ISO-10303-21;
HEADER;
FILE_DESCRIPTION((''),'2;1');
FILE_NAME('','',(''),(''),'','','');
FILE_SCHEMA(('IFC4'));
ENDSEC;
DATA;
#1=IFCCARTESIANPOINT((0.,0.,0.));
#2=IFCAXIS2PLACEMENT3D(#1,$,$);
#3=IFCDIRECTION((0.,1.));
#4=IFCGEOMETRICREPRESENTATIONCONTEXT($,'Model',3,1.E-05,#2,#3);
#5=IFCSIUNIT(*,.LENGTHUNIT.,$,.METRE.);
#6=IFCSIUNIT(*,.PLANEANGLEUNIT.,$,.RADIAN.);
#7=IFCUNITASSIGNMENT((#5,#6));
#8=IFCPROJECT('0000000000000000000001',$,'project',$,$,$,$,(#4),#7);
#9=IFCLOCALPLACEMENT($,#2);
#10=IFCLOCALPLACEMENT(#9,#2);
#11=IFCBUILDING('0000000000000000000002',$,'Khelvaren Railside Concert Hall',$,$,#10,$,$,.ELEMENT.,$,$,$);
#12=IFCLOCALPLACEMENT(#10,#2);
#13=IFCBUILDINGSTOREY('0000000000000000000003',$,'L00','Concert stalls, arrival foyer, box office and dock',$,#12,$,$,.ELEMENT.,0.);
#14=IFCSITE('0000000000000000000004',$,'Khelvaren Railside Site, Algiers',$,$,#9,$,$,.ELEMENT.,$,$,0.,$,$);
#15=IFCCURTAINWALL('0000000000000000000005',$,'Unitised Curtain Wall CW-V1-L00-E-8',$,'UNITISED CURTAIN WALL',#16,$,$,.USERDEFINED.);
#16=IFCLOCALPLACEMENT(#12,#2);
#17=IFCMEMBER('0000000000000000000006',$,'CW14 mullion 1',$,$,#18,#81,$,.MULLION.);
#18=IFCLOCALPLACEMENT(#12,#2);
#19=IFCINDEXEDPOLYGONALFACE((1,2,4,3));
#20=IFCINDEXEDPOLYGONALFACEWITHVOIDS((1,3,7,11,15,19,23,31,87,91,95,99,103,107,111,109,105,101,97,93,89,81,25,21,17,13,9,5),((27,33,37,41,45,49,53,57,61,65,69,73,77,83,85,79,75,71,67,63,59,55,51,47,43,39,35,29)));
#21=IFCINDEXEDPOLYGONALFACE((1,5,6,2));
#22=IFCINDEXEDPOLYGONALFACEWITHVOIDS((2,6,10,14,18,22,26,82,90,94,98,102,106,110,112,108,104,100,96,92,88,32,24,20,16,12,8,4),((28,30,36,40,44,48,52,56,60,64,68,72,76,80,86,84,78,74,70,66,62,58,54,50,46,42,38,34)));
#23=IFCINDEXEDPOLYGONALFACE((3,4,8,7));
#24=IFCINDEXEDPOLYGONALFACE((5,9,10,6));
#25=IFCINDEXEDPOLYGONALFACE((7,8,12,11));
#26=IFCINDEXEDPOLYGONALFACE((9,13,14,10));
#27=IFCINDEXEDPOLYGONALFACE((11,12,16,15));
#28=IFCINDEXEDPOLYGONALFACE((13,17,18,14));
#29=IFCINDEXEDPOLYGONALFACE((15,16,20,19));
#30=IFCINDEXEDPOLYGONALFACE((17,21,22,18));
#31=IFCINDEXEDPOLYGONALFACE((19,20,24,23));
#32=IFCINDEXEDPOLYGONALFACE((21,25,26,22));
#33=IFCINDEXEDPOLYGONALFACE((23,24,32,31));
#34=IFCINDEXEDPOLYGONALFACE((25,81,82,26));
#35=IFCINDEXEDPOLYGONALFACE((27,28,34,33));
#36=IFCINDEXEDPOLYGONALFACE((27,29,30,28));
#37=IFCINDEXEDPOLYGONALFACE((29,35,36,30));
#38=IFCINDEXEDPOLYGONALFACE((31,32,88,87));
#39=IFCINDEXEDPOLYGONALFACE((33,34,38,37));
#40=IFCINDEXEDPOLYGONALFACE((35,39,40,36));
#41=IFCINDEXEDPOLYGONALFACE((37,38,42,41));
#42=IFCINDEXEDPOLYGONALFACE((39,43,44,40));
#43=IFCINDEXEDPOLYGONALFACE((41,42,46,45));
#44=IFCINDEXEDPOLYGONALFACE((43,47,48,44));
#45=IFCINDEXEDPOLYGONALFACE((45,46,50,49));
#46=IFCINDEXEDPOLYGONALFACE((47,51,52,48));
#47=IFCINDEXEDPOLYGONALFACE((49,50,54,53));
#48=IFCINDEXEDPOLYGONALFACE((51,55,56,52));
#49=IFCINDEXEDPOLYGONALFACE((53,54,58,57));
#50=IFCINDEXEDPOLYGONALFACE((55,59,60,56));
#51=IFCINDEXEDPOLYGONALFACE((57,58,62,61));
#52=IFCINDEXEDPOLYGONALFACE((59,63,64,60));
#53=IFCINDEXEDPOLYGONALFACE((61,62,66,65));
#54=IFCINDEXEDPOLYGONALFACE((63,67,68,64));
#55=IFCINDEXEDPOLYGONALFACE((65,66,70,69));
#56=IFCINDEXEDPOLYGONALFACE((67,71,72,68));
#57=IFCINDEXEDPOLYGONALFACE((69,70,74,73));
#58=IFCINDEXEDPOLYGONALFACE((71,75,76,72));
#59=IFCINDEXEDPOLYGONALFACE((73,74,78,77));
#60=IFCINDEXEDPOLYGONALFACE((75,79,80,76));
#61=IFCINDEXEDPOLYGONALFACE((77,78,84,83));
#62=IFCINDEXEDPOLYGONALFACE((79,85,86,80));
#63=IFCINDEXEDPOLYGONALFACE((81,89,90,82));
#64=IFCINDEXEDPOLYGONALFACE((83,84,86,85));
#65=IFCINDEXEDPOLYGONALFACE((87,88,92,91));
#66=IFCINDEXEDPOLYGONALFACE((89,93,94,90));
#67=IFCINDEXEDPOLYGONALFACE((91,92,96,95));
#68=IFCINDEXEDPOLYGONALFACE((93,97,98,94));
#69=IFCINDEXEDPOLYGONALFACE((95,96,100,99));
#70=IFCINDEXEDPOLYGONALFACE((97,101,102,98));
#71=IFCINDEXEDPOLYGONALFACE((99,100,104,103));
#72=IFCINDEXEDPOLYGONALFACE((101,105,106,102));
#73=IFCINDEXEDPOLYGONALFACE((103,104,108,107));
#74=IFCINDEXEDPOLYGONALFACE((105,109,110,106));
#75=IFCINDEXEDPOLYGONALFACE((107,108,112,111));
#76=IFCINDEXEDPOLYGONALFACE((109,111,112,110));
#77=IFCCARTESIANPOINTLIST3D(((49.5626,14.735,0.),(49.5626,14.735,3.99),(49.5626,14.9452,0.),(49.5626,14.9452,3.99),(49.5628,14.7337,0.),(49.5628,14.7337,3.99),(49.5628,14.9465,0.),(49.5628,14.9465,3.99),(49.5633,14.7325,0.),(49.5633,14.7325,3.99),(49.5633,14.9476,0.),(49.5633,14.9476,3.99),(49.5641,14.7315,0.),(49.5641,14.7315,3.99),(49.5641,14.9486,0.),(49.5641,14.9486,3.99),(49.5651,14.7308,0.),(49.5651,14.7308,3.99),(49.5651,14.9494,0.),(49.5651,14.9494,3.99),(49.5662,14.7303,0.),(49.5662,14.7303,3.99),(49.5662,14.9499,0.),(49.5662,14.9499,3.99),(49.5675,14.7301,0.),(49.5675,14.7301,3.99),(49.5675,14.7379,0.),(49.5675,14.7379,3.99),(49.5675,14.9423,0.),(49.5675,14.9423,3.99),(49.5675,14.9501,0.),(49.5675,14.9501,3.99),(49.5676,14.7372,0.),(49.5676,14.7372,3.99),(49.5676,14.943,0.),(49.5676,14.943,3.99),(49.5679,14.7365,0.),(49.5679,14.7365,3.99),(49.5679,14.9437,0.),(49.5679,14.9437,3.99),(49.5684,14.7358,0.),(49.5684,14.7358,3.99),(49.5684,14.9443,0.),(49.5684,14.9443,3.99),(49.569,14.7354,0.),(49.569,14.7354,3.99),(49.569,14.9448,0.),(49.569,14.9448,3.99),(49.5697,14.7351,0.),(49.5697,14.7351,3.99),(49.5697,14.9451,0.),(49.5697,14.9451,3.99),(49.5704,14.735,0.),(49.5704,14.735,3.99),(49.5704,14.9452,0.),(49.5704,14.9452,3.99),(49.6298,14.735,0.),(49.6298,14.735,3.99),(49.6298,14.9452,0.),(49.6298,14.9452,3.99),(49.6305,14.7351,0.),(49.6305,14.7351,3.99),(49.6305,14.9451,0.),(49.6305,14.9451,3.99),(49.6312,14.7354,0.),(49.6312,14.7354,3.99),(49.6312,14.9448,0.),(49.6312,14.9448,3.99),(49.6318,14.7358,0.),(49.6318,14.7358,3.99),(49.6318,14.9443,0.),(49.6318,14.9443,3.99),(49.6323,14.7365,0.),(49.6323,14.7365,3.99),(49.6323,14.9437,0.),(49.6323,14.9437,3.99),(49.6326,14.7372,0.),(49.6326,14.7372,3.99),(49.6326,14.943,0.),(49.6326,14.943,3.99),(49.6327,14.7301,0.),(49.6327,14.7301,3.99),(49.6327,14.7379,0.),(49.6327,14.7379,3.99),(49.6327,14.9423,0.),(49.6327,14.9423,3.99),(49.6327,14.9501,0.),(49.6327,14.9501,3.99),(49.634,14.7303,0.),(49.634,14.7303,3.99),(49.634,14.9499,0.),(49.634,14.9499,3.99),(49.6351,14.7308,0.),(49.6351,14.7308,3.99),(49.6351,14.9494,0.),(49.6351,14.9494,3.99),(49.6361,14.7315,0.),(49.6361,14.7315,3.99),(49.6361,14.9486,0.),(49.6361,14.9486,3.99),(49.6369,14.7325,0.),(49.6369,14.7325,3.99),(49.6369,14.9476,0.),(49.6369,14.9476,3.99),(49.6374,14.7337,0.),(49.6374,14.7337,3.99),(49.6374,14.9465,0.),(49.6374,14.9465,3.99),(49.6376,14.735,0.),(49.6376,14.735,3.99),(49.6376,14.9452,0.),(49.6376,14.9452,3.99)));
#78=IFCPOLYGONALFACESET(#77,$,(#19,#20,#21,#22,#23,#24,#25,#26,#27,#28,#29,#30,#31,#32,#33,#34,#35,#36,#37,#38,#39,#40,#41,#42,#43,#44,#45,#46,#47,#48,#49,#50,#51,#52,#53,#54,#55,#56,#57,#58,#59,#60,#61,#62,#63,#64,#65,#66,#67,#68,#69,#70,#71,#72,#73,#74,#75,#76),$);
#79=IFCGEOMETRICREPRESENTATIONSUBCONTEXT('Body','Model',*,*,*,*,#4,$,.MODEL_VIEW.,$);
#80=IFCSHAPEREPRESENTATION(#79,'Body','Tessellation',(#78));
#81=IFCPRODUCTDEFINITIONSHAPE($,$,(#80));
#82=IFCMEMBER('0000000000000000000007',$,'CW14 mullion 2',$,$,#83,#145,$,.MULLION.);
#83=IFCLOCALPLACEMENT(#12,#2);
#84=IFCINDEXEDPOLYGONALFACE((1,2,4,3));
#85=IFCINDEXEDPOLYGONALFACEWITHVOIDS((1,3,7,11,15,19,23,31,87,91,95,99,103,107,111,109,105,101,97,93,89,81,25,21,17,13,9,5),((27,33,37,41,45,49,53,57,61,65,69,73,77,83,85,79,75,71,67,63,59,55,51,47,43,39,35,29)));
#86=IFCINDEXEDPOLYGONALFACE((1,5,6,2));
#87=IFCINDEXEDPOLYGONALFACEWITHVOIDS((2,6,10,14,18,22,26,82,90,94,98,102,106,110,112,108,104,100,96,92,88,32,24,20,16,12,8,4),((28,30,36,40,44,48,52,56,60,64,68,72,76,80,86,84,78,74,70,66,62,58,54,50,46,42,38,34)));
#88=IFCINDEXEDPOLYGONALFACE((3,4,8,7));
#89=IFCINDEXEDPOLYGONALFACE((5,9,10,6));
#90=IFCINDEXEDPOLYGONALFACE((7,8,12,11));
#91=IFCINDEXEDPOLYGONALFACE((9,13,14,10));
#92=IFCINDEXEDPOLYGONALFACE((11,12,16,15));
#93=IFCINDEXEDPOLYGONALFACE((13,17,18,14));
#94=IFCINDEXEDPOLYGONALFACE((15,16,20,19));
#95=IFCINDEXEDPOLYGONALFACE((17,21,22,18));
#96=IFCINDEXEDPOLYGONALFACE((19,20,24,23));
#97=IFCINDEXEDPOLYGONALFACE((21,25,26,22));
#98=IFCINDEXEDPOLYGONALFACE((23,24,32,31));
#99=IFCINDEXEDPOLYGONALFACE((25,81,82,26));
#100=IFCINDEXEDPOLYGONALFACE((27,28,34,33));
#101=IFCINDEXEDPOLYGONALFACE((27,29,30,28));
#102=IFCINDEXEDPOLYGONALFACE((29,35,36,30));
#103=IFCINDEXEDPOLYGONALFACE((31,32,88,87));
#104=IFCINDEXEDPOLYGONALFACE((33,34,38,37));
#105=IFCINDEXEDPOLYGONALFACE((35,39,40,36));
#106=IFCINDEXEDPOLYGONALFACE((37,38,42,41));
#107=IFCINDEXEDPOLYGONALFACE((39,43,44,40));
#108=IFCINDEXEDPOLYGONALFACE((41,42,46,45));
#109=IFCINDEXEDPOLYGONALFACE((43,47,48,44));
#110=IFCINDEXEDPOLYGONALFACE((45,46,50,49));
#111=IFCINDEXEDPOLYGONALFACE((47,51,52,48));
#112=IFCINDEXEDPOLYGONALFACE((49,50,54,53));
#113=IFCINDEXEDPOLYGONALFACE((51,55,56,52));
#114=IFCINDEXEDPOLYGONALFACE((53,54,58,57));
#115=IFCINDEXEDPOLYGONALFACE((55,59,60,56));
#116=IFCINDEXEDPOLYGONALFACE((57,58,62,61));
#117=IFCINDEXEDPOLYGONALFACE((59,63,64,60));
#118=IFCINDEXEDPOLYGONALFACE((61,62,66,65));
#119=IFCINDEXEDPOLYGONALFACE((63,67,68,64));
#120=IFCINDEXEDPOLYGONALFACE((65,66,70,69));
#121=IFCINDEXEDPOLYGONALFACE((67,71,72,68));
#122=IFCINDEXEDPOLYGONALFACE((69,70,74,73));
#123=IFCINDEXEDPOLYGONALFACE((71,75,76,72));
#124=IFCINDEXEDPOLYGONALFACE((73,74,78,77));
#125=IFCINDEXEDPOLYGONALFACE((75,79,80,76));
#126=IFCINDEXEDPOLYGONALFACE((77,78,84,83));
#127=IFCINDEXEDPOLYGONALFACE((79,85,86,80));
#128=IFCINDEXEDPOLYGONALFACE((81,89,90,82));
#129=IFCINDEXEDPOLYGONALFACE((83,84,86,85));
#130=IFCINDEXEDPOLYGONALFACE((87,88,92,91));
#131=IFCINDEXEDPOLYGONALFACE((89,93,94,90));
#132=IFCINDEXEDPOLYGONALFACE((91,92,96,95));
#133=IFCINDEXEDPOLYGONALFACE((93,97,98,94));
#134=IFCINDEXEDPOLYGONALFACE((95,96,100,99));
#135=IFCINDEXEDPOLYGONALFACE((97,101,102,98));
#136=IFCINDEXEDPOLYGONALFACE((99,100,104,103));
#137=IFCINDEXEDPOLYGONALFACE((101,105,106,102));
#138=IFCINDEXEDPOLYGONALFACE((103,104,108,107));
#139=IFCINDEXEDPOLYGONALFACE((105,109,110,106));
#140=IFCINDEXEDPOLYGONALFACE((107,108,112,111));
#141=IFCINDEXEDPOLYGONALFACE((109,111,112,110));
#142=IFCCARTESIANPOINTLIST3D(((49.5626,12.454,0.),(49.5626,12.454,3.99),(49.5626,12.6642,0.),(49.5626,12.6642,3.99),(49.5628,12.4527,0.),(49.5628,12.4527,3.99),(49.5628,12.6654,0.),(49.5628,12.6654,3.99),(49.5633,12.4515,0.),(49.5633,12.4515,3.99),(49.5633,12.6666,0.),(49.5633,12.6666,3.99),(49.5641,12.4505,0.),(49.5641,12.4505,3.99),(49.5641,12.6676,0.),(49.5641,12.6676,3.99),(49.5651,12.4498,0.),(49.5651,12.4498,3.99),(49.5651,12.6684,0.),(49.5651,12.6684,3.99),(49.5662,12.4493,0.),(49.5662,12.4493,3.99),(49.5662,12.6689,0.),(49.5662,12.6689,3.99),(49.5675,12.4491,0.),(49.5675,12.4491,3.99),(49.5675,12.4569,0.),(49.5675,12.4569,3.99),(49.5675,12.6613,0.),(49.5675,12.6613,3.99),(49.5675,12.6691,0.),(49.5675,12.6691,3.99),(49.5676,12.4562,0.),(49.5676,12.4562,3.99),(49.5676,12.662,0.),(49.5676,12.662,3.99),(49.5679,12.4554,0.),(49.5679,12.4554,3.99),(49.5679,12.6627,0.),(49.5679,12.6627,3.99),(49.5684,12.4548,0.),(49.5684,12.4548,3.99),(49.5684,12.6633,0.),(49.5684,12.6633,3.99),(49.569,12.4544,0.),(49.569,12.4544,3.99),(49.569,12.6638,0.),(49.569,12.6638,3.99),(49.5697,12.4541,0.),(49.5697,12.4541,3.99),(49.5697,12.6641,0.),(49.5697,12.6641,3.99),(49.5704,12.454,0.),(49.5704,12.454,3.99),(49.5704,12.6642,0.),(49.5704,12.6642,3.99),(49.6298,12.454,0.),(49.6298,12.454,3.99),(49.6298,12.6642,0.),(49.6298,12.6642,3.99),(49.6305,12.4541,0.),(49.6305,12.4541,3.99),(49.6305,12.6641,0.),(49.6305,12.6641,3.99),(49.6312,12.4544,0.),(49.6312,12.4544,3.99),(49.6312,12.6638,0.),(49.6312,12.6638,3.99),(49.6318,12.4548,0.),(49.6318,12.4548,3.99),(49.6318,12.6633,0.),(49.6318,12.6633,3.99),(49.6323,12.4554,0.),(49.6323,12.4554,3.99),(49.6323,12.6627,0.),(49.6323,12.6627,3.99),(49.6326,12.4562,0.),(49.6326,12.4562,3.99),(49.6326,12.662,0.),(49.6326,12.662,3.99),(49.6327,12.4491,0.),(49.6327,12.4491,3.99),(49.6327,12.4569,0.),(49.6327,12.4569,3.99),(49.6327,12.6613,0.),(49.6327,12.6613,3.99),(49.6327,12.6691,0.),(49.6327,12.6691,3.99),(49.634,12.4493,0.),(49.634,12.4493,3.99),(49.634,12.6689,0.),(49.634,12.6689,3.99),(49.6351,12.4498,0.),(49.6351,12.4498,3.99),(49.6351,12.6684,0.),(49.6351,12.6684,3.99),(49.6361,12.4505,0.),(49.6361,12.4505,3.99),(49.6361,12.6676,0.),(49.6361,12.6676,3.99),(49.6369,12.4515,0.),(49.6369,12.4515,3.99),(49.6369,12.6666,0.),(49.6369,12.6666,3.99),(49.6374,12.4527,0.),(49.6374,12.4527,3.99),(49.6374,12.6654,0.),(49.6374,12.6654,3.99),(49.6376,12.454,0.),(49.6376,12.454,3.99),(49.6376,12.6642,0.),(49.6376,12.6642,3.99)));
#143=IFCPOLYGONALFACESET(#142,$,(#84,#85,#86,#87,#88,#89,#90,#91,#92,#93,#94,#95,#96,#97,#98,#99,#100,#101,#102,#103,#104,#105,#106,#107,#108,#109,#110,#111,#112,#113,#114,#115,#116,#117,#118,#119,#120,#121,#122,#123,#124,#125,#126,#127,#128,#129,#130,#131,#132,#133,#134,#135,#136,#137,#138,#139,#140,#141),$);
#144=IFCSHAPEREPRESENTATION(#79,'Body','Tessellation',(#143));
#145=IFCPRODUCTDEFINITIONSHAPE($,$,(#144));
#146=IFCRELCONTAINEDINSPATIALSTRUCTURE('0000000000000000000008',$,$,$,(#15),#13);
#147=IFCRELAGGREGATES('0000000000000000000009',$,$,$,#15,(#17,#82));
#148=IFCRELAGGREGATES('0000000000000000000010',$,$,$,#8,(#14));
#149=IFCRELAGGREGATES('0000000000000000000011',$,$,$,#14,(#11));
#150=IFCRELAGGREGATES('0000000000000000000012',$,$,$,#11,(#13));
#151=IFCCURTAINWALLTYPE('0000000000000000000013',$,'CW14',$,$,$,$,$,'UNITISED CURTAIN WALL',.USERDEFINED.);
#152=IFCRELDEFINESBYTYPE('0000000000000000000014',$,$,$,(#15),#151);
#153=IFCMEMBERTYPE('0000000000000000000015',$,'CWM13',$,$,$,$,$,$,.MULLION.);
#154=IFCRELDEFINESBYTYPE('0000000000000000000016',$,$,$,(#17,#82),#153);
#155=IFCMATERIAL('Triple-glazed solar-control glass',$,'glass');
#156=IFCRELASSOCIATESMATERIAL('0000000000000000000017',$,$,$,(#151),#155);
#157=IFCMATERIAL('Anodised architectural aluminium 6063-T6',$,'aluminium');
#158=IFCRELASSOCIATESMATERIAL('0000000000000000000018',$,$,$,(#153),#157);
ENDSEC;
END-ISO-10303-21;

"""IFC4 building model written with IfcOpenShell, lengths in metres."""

from ifc_helpers import new_model, si_unit, direction, frame, origin, origin_2d, place, context, subcontext, project, spatial, hollow_rectangle, extrude, material, material_profile, profile_set, type_object, element, aggregate, save


model = new_model("IFC4")

# Units and contexts
model_context = context("Model", 3, precision=1e-05, world=origin(), true_north=direction((0.0, 1.0)))
body_context = subcontext(model_context, "Body", "Model", "MODEL_VIEW")
ifc_project = project(units=[si_unit("LENGTHUNIT", "METRE"), si_unit("PLANEANGLEUNIT", "RADIAN")], contexts=[model_context])

# Site, building, storey
site_placement = place(None, origin())
site = spatial("IfcSite", under=ifc_project, at=site_placement, Name="Khelvaren Railside Site, Algiers", CompositionType="ELEMENT", RefElevation=0.0)
building_placement = place(site_placement, origin())
building = spatial("IfcBuilding", under=site, at=building_placement, Name="Khelvaren Railside Concert Hall", CompositionType="ELEMENT")
storey_placement = place(building_placement, origin())
storey = spatial("IfcBuildingStorey", under=building, at=storey_placement, Name="L00", Description="Concert stalls, arrival foyer, box office and dock", CompositionType="ELEMENT", Elevation=0.0)

# Curtain wall, members
ifc_material_1 = material(Name="Triple-glazed solar-control glass", Category="glass")
curtain_wall_type_1 = type_object("IfcCurtainWallType", Name="CW14", ElementType="UNITISED CURTAIN WALL", PredefinedType="USERDEFINED", material=ifc_material_1)
curtain_wall_1_placement = place(storey_placement, origin())
curtain_wall_1 = element("IfcCurtainWall", 1, at=curtain_wall_1_placement, inside=storey, type_object=curtain_wall_type_1, Name="Unitised Curtain Wall CW-V1-L00-E-8", ObjectType="UNITISED CURTAIN WALL", PredefinedType="USERDEFINED")
ifc_material_2 = material(Name="Anodised architectural aluminium 6063-T6", Category="aluminium")
ifc_material_profile_1 = material_profile(ifc_material_2, hollow_rectangle(XDim=0.075, YDim=0.22, WallThickness=0.0049, InnerFilletRadius=0.0029, OuterFilletRadius=0.0049, at=origin_2d()), Name="CWM 75x220x5")
ifc_profile_set_1 = profile_set([ifc_material_profile_1], Name="Anodised architectural aluminium 6063-T6")
member_type_1 = type_object("IfcMemberType", Name="CWM13", PredefinedType="MULLION", material=ifc_profile_set_1)
member_1_placement = place(storey_placement, frame((49.6001, 14.8401, 0.0), z_axis=(0.0, 0.0, 1.0), x_axis=(1.0, 0.0, 0.0)))
member_1 = element("IfcMember", 2, at=member_1_placement, type_object=member_type_1, Name="CW14 mullion 1", PredefinedType="MULLION", context=body_context, shape_type="SweptSolid", body=[
    extrude(hollow_rectangle(XDim=0.075, YDim=0.22, WallThickness=0.0049, InnerFilletRadius=0.0029, OuterFilletRadius=0.0049, at=origin_2d()), origin(), (0.0, 0.0, 1.0), 3.99),
])
member_2_placement = place(storey_placement, frame((49.6001, 12.5591, 0.0), z_axis=(0.0, 0.0, 1.0), x_axis=(1.0, 0.0, 0.0)))
member_2 = element("IfcMember", 3, at=member_2_placement, type_object=member_type_1, Name="CW14 mullion 2", PredefinedType="MULLION", context=body_context, shape_type="SweptSolid", body=[
    extrude(hollow_rectangle(XDim=0.075, YDim=0.22, WallThickness=0.0049, InnerFilletRadius=0.0029, OuterFilletRadius=0.0049, at=origin_2d()), origin(), (0.0, 0.0, 1.0), 3.99),
])

aggregate(curtain_wall_1, [member_1, member_2])

save(model, "model.ifc")
